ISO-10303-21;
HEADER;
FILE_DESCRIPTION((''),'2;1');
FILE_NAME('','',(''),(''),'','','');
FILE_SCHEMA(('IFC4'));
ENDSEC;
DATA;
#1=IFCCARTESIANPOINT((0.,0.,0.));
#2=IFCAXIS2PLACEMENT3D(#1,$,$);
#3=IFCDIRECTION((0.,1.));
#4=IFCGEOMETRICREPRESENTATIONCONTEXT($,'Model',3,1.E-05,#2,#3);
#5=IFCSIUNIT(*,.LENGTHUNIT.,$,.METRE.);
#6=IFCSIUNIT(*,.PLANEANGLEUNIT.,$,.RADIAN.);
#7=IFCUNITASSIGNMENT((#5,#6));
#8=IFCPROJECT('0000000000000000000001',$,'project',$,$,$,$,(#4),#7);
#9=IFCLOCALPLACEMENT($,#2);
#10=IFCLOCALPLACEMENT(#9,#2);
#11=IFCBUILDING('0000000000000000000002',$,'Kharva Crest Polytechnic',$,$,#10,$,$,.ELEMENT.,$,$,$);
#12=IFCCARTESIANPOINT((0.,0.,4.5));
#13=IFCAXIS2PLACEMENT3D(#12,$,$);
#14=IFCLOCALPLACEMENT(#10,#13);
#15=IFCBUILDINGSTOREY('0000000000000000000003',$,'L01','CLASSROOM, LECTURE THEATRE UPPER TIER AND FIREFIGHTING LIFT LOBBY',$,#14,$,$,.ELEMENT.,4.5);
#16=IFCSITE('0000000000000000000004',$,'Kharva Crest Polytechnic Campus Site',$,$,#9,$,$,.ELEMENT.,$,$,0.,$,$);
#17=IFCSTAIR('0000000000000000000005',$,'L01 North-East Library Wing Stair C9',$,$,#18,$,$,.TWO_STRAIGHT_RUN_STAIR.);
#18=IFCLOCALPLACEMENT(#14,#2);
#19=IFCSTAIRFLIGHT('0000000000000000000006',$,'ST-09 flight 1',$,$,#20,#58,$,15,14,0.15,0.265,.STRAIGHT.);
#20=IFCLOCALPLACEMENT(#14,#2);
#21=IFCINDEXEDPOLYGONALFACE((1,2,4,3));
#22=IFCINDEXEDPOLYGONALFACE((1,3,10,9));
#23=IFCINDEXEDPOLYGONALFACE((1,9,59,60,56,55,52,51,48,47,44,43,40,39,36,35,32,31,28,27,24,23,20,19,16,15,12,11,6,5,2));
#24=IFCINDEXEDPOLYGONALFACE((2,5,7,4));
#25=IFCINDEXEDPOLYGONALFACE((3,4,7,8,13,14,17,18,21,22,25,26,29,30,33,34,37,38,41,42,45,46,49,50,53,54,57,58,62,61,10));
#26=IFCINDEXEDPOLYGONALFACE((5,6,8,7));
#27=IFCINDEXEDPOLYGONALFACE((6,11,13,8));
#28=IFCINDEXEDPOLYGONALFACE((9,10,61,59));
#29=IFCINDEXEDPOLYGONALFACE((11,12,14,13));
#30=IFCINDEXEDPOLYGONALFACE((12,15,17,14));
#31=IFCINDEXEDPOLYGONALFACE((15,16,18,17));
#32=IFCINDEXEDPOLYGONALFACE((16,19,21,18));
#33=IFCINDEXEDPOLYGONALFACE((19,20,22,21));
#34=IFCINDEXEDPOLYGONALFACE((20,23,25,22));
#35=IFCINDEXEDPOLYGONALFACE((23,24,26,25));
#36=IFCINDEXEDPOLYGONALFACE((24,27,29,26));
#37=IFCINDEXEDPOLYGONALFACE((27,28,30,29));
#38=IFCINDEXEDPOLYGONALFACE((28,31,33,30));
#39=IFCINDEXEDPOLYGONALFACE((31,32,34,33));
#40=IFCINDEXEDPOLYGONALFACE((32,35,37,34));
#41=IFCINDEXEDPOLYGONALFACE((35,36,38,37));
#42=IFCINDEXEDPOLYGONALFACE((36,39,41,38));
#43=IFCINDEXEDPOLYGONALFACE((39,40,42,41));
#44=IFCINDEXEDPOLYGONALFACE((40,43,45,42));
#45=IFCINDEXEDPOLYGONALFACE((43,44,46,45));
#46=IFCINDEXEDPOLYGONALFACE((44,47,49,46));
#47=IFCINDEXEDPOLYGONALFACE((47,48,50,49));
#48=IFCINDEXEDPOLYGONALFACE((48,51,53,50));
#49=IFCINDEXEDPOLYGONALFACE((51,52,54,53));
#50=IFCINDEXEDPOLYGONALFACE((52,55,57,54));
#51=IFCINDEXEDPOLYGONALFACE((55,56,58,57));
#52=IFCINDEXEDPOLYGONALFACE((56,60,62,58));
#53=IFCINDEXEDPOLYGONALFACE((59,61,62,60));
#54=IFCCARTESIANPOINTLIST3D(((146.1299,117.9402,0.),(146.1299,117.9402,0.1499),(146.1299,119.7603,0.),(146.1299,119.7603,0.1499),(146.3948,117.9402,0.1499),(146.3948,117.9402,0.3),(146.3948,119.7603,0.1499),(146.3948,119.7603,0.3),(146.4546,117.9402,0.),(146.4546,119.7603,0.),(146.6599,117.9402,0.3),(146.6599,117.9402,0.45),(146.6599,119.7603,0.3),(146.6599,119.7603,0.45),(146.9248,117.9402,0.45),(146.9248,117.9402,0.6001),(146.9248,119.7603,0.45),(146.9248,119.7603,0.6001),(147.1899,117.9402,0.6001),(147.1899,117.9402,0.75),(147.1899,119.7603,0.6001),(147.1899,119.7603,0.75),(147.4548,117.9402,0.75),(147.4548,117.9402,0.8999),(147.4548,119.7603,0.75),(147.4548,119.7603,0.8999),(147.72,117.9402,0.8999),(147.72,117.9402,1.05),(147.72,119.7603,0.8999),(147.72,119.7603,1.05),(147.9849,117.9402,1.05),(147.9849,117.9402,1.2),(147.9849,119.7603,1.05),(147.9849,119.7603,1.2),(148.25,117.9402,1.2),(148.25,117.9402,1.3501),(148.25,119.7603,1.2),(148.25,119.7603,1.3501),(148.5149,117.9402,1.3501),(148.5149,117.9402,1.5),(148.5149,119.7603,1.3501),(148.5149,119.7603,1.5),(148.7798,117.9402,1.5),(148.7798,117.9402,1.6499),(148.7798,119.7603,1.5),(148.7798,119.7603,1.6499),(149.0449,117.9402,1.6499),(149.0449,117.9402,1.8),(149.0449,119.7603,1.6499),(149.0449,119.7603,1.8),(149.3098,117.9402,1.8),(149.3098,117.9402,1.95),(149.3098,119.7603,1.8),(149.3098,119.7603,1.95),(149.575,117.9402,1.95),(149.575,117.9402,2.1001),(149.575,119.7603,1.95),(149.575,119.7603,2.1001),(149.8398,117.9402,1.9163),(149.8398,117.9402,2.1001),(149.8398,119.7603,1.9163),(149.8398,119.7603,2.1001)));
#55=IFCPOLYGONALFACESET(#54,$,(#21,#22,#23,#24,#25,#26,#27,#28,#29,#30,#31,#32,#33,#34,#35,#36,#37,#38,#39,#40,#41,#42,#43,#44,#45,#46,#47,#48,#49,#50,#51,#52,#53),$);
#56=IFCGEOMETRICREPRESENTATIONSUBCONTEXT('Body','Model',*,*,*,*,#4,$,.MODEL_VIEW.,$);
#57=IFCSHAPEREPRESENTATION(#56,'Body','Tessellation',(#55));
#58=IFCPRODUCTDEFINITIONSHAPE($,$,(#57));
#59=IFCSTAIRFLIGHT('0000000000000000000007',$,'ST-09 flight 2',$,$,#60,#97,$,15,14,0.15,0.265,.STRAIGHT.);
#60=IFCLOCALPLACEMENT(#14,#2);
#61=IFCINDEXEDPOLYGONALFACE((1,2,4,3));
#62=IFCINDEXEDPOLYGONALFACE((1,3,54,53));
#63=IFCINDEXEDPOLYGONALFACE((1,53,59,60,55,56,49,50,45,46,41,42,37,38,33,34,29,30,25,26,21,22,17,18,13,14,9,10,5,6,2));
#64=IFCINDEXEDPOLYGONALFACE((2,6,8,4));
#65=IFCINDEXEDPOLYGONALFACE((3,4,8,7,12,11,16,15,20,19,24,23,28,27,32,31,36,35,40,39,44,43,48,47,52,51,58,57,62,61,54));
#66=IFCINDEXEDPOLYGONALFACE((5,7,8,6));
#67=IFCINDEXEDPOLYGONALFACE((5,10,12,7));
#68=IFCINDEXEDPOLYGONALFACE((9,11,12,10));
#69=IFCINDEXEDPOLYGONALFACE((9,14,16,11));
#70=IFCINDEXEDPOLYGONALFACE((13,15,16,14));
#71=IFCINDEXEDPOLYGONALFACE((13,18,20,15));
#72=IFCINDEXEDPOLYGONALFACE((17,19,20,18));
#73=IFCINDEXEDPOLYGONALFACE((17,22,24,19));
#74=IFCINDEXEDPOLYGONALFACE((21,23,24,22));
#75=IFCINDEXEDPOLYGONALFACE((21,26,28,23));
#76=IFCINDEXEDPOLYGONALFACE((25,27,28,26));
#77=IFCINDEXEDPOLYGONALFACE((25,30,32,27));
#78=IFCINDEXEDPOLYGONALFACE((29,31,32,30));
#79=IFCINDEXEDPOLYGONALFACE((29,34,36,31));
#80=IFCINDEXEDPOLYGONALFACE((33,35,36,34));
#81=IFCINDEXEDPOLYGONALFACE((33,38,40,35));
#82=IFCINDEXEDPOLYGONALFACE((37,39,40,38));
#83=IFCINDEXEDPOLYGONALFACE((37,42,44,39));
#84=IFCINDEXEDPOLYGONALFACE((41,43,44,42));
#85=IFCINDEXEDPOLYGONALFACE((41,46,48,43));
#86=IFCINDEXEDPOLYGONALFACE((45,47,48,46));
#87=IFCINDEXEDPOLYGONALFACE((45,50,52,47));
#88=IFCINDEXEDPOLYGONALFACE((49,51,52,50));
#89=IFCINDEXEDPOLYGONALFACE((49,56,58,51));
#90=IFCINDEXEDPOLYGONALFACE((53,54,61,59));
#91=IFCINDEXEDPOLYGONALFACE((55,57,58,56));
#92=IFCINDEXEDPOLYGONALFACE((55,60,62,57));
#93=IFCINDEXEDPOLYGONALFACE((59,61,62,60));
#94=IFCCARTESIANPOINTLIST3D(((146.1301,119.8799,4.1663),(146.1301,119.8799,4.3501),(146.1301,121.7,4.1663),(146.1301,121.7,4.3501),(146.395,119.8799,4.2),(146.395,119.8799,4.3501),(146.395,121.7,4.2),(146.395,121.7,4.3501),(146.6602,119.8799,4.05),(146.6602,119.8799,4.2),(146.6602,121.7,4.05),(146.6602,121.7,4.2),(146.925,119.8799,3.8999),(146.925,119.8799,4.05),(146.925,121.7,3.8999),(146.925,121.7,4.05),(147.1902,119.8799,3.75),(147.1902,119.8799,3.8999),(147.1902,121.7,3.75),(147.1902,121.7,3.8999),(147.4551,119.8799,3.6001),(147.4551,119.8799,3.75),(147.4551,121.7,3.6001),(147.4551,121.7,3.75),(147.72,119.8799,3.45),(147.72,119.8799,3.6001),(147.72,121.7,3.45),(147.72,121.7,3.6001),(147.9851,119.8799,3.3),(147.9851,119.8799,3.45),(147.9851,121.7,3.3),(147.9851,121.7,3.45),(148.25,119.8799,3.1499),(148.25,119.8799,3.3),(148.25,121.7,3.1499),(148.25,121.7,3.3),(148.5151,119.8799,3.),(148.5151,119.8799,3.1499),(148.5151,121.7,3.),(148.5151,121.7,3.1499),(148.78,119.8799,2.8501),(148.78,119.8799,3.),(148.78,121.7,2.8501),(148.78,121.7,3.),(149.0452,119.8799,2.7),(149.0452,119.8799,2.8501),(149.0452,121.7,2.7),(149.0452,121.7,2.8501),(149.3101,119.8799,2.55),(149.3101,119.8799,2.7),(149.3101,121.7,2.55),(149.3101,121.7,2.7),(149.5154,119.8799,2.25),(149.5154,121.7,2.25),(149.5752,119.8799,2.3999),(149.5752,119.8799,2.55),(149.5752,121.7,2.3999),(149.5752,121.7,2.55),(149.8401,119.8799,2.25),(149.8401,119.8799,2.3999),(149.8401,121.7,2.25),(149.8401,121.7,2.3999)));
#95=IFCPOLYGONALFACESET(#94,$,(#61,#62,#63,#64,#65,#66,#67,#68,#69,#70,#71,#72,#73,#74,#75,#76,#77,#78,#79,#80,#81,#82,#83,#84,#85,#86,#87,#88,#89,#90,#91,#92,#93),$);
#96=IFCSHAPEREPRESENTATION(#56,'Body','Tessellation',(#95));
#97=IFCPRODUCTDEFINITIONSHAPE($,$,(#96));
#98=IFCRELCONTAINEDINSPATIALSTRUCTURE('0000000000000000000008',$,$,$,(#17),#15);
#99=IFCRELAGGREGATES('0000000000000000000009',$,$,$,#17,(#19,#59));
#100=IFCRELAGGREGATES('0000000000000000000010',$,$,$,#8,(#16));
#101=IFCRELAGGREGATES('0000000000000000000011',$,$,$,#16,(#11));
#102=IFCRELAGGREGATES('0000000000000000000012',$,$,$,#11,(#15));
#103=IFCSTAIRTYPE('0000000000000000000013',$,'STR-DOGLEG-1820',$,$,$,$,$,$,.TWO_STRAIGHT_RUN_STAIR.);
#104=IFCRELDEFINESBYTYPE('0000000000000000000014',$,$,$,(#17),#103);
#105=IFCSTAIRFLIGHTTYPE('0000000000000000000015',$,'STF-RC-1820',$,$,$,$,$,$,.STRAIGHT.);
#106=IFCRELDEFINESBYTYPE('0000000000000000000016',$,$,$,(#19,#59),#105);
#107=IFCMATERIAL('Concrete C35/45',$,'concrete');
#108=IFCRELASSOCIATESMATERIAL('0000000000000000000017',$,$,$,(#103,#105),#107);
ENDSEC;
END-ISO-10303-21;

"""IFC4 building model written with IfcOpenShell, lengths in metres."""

from ifc_helpers import new_model, si_unit, direction, frame, origin, place, context, subcontext, project, spatial, polyline, outline, extrude, material, type_object, element, aggregate, save


model = new_model("IFC4")

# Units and contexts
model_context = context("Model", 3, precision=1e-05, world=origin(), true_north=direction((0.0, 1.0)))
body_context = subcontext(model_context, "Body", "Model", "MODEL_VIEW")
ifc_project = project(units=[si_unit("LENGTHUNIT", "METRE"), si_unit("PLANEANGLEUNIT", "RADIAN")], contexts=[model_context])

# Site, building, storey
site_placement = place(None, origin())
site = spatial("IfcSite", under=ifc_project, at=site_placement, Name="Kharva Crest Polytechnic Campus Site", CompositionType="ELEMENT", RefElevation=0.0)
building_placement = place(site_placement, origin())
building = spatial("IfcBuilding", under=site, at=building_placement, Name="Kharva Crest Polytechnic", CompositionType="ELEMENT")
storey_placement = place(building_placement, frame((0.0, 0.0, 4.5)))
storey = spatial("IfcBuildingStorey", under=building, at=storey_placement, Name="L01", Description="CLASSROOM, LECTURE THEATRE UPPER TIER AND FIREFIGHTING LIFT LOBBY", CompositionType="ELEMENT", Elevation=4.5)

# Shared definitions
ifc_material_1 = material(Name="Concrete C35/45", Category="concrete")

# Stair, stair flights
stair_type = type_object("IfcStairType", Name="STR-DOGLEG-1820", PredefinedType="TWO_STRAIGHT_RUN_STAIR", material=ifc_material_1)
stair_placement = place(storey_placement, origin())
stair = element("IfcStair", 1, at=stair_placement, inside=storey, type_object=stair_type, Name="L01 North-East Library Wing Stair C9", PredefinedType="TWO_STRAIGHT_RUN_STAIR")
stair_flight_type = type_object("IfcStairFlightType", Name="STF-RC-1820", PredefinedType="STRAIGHT", material=ifc_material_1)
stair_flight_1_placement = place(storey_placement, frame((146.1299, 118.8501, 0.0), z_axis=(0.0, 0.0, 1.0), x_axis=(1.0, 0.0, 0.0)))
stair_flight_1 = element("IfcStairFlight", 2, at=stair_flight_1_placement, type_object=stair_flight_type, Name="ST-09 flight 1", NumberOfRisers=15, NumberOfTreads=14, PredefinedType="STRAIGHT", RiserHeight=0.15, TreadLength=0.265, context=body_context, shape_type="SweptSolid", body=[
    extrude(outline(polyline([(0.0, 0.0), (0.0, 0.1499), (0.2649, 0.1499), (0.2649, 0.3), (0.53, 0.3), (0.53, 0.45), (0.7949, 0.45), (0.7949, 0.6001), (1.0601, 0.6001), (1.0601, 0.75), (1.325, 0.75), (1.325, 0.8999), (1.5901, 0.8999), (1.5901, 1.05), (1.855, 1.05), (1.855, 1.2), (2.1201, 1.2), (2.1201, 1.3501), (2.385, 1.3501), (2.385, 1.5), (2.6499, 1.5), (2.6499, 1.6499), (2.915, 1.6499), (2.915, 1.8), (3.1799, 1.8), (3.1799, 1.95), (3.4451, 1.95), (3.4451, 2.1001), (3.71, 2.1001), (3.71, 2.25), (3.71, 1.9163), (0.3247, 0.0), (0.0, 0.0)])), frame((0.0, 0.9102, 0.0), z_axis=(0.0, -1.0, 0.0), x_axis=(1.0, 0.0, 0.0)), (0.0, 0.0, 1.0), 1.8201),
])
stair_flight_2_placement = place(storey_placement, frame((149.8401, 120.79, 2.25), z_axis=(0.0, 0.0, 1.0), x_axis=(-1.0, 0.0, 0.0)))
stair_flight_2 = element("IfcStairFlight", 3, at=stair_flight_2_placement, type_object=stair_flight_type, Name="ST-09 flight 2", NumberOfRisers=15, NumberOfTreads=14, PredefinedType="STRAIGHT", RiserHeight=0.15, TreadLength=0.265, context=body_context, shape_type="SweptSolid", body=[
    extrude(outline(polyline([(0.0, 0.0), (0.0, 0.1499), (0.2649, 0.1499), (0.2649, 0.3), (0.53, 0.3), (0.53, 0.45), (0.7949, 0.45), (0.7949, 0.6001), (1.0601, 0.6001), (1.0601, 0.75), (1.325, 0.75), (1.325, 0.8999), (1.5901, 0.8999), (1.5901, 1.05), (1.855, 1.05), (1.855, 1.2), (2.1201, 1.2), (2.1201, 1.3501), (2.385, 1.3501), (2.385, 1.5), (2.6499, 1.5), (2.6499, 1.6499), (2.915, 1.6499), (2.915, 1.8), (3.1799, 1.8), (3.1799, 1.95), (3.4451, 1.95), (3.4451, 2.1001), (3.71, 2.1001), (3.71, 2.25), (3.71, 1.9163), (0.3247, 0.0), (0.0, 0.0)])), frame((0.0, 0.9102, 0.0), z_axis=(0.0, -1.0, 0.0), x_axis=(1.0, 0.0, 0.0)), (0.0, 0.0, 1.0), 1.8201),
])
aggregate(stair, [stair_flight_1, stair_flight_2])

save(model, "model.ifc")
